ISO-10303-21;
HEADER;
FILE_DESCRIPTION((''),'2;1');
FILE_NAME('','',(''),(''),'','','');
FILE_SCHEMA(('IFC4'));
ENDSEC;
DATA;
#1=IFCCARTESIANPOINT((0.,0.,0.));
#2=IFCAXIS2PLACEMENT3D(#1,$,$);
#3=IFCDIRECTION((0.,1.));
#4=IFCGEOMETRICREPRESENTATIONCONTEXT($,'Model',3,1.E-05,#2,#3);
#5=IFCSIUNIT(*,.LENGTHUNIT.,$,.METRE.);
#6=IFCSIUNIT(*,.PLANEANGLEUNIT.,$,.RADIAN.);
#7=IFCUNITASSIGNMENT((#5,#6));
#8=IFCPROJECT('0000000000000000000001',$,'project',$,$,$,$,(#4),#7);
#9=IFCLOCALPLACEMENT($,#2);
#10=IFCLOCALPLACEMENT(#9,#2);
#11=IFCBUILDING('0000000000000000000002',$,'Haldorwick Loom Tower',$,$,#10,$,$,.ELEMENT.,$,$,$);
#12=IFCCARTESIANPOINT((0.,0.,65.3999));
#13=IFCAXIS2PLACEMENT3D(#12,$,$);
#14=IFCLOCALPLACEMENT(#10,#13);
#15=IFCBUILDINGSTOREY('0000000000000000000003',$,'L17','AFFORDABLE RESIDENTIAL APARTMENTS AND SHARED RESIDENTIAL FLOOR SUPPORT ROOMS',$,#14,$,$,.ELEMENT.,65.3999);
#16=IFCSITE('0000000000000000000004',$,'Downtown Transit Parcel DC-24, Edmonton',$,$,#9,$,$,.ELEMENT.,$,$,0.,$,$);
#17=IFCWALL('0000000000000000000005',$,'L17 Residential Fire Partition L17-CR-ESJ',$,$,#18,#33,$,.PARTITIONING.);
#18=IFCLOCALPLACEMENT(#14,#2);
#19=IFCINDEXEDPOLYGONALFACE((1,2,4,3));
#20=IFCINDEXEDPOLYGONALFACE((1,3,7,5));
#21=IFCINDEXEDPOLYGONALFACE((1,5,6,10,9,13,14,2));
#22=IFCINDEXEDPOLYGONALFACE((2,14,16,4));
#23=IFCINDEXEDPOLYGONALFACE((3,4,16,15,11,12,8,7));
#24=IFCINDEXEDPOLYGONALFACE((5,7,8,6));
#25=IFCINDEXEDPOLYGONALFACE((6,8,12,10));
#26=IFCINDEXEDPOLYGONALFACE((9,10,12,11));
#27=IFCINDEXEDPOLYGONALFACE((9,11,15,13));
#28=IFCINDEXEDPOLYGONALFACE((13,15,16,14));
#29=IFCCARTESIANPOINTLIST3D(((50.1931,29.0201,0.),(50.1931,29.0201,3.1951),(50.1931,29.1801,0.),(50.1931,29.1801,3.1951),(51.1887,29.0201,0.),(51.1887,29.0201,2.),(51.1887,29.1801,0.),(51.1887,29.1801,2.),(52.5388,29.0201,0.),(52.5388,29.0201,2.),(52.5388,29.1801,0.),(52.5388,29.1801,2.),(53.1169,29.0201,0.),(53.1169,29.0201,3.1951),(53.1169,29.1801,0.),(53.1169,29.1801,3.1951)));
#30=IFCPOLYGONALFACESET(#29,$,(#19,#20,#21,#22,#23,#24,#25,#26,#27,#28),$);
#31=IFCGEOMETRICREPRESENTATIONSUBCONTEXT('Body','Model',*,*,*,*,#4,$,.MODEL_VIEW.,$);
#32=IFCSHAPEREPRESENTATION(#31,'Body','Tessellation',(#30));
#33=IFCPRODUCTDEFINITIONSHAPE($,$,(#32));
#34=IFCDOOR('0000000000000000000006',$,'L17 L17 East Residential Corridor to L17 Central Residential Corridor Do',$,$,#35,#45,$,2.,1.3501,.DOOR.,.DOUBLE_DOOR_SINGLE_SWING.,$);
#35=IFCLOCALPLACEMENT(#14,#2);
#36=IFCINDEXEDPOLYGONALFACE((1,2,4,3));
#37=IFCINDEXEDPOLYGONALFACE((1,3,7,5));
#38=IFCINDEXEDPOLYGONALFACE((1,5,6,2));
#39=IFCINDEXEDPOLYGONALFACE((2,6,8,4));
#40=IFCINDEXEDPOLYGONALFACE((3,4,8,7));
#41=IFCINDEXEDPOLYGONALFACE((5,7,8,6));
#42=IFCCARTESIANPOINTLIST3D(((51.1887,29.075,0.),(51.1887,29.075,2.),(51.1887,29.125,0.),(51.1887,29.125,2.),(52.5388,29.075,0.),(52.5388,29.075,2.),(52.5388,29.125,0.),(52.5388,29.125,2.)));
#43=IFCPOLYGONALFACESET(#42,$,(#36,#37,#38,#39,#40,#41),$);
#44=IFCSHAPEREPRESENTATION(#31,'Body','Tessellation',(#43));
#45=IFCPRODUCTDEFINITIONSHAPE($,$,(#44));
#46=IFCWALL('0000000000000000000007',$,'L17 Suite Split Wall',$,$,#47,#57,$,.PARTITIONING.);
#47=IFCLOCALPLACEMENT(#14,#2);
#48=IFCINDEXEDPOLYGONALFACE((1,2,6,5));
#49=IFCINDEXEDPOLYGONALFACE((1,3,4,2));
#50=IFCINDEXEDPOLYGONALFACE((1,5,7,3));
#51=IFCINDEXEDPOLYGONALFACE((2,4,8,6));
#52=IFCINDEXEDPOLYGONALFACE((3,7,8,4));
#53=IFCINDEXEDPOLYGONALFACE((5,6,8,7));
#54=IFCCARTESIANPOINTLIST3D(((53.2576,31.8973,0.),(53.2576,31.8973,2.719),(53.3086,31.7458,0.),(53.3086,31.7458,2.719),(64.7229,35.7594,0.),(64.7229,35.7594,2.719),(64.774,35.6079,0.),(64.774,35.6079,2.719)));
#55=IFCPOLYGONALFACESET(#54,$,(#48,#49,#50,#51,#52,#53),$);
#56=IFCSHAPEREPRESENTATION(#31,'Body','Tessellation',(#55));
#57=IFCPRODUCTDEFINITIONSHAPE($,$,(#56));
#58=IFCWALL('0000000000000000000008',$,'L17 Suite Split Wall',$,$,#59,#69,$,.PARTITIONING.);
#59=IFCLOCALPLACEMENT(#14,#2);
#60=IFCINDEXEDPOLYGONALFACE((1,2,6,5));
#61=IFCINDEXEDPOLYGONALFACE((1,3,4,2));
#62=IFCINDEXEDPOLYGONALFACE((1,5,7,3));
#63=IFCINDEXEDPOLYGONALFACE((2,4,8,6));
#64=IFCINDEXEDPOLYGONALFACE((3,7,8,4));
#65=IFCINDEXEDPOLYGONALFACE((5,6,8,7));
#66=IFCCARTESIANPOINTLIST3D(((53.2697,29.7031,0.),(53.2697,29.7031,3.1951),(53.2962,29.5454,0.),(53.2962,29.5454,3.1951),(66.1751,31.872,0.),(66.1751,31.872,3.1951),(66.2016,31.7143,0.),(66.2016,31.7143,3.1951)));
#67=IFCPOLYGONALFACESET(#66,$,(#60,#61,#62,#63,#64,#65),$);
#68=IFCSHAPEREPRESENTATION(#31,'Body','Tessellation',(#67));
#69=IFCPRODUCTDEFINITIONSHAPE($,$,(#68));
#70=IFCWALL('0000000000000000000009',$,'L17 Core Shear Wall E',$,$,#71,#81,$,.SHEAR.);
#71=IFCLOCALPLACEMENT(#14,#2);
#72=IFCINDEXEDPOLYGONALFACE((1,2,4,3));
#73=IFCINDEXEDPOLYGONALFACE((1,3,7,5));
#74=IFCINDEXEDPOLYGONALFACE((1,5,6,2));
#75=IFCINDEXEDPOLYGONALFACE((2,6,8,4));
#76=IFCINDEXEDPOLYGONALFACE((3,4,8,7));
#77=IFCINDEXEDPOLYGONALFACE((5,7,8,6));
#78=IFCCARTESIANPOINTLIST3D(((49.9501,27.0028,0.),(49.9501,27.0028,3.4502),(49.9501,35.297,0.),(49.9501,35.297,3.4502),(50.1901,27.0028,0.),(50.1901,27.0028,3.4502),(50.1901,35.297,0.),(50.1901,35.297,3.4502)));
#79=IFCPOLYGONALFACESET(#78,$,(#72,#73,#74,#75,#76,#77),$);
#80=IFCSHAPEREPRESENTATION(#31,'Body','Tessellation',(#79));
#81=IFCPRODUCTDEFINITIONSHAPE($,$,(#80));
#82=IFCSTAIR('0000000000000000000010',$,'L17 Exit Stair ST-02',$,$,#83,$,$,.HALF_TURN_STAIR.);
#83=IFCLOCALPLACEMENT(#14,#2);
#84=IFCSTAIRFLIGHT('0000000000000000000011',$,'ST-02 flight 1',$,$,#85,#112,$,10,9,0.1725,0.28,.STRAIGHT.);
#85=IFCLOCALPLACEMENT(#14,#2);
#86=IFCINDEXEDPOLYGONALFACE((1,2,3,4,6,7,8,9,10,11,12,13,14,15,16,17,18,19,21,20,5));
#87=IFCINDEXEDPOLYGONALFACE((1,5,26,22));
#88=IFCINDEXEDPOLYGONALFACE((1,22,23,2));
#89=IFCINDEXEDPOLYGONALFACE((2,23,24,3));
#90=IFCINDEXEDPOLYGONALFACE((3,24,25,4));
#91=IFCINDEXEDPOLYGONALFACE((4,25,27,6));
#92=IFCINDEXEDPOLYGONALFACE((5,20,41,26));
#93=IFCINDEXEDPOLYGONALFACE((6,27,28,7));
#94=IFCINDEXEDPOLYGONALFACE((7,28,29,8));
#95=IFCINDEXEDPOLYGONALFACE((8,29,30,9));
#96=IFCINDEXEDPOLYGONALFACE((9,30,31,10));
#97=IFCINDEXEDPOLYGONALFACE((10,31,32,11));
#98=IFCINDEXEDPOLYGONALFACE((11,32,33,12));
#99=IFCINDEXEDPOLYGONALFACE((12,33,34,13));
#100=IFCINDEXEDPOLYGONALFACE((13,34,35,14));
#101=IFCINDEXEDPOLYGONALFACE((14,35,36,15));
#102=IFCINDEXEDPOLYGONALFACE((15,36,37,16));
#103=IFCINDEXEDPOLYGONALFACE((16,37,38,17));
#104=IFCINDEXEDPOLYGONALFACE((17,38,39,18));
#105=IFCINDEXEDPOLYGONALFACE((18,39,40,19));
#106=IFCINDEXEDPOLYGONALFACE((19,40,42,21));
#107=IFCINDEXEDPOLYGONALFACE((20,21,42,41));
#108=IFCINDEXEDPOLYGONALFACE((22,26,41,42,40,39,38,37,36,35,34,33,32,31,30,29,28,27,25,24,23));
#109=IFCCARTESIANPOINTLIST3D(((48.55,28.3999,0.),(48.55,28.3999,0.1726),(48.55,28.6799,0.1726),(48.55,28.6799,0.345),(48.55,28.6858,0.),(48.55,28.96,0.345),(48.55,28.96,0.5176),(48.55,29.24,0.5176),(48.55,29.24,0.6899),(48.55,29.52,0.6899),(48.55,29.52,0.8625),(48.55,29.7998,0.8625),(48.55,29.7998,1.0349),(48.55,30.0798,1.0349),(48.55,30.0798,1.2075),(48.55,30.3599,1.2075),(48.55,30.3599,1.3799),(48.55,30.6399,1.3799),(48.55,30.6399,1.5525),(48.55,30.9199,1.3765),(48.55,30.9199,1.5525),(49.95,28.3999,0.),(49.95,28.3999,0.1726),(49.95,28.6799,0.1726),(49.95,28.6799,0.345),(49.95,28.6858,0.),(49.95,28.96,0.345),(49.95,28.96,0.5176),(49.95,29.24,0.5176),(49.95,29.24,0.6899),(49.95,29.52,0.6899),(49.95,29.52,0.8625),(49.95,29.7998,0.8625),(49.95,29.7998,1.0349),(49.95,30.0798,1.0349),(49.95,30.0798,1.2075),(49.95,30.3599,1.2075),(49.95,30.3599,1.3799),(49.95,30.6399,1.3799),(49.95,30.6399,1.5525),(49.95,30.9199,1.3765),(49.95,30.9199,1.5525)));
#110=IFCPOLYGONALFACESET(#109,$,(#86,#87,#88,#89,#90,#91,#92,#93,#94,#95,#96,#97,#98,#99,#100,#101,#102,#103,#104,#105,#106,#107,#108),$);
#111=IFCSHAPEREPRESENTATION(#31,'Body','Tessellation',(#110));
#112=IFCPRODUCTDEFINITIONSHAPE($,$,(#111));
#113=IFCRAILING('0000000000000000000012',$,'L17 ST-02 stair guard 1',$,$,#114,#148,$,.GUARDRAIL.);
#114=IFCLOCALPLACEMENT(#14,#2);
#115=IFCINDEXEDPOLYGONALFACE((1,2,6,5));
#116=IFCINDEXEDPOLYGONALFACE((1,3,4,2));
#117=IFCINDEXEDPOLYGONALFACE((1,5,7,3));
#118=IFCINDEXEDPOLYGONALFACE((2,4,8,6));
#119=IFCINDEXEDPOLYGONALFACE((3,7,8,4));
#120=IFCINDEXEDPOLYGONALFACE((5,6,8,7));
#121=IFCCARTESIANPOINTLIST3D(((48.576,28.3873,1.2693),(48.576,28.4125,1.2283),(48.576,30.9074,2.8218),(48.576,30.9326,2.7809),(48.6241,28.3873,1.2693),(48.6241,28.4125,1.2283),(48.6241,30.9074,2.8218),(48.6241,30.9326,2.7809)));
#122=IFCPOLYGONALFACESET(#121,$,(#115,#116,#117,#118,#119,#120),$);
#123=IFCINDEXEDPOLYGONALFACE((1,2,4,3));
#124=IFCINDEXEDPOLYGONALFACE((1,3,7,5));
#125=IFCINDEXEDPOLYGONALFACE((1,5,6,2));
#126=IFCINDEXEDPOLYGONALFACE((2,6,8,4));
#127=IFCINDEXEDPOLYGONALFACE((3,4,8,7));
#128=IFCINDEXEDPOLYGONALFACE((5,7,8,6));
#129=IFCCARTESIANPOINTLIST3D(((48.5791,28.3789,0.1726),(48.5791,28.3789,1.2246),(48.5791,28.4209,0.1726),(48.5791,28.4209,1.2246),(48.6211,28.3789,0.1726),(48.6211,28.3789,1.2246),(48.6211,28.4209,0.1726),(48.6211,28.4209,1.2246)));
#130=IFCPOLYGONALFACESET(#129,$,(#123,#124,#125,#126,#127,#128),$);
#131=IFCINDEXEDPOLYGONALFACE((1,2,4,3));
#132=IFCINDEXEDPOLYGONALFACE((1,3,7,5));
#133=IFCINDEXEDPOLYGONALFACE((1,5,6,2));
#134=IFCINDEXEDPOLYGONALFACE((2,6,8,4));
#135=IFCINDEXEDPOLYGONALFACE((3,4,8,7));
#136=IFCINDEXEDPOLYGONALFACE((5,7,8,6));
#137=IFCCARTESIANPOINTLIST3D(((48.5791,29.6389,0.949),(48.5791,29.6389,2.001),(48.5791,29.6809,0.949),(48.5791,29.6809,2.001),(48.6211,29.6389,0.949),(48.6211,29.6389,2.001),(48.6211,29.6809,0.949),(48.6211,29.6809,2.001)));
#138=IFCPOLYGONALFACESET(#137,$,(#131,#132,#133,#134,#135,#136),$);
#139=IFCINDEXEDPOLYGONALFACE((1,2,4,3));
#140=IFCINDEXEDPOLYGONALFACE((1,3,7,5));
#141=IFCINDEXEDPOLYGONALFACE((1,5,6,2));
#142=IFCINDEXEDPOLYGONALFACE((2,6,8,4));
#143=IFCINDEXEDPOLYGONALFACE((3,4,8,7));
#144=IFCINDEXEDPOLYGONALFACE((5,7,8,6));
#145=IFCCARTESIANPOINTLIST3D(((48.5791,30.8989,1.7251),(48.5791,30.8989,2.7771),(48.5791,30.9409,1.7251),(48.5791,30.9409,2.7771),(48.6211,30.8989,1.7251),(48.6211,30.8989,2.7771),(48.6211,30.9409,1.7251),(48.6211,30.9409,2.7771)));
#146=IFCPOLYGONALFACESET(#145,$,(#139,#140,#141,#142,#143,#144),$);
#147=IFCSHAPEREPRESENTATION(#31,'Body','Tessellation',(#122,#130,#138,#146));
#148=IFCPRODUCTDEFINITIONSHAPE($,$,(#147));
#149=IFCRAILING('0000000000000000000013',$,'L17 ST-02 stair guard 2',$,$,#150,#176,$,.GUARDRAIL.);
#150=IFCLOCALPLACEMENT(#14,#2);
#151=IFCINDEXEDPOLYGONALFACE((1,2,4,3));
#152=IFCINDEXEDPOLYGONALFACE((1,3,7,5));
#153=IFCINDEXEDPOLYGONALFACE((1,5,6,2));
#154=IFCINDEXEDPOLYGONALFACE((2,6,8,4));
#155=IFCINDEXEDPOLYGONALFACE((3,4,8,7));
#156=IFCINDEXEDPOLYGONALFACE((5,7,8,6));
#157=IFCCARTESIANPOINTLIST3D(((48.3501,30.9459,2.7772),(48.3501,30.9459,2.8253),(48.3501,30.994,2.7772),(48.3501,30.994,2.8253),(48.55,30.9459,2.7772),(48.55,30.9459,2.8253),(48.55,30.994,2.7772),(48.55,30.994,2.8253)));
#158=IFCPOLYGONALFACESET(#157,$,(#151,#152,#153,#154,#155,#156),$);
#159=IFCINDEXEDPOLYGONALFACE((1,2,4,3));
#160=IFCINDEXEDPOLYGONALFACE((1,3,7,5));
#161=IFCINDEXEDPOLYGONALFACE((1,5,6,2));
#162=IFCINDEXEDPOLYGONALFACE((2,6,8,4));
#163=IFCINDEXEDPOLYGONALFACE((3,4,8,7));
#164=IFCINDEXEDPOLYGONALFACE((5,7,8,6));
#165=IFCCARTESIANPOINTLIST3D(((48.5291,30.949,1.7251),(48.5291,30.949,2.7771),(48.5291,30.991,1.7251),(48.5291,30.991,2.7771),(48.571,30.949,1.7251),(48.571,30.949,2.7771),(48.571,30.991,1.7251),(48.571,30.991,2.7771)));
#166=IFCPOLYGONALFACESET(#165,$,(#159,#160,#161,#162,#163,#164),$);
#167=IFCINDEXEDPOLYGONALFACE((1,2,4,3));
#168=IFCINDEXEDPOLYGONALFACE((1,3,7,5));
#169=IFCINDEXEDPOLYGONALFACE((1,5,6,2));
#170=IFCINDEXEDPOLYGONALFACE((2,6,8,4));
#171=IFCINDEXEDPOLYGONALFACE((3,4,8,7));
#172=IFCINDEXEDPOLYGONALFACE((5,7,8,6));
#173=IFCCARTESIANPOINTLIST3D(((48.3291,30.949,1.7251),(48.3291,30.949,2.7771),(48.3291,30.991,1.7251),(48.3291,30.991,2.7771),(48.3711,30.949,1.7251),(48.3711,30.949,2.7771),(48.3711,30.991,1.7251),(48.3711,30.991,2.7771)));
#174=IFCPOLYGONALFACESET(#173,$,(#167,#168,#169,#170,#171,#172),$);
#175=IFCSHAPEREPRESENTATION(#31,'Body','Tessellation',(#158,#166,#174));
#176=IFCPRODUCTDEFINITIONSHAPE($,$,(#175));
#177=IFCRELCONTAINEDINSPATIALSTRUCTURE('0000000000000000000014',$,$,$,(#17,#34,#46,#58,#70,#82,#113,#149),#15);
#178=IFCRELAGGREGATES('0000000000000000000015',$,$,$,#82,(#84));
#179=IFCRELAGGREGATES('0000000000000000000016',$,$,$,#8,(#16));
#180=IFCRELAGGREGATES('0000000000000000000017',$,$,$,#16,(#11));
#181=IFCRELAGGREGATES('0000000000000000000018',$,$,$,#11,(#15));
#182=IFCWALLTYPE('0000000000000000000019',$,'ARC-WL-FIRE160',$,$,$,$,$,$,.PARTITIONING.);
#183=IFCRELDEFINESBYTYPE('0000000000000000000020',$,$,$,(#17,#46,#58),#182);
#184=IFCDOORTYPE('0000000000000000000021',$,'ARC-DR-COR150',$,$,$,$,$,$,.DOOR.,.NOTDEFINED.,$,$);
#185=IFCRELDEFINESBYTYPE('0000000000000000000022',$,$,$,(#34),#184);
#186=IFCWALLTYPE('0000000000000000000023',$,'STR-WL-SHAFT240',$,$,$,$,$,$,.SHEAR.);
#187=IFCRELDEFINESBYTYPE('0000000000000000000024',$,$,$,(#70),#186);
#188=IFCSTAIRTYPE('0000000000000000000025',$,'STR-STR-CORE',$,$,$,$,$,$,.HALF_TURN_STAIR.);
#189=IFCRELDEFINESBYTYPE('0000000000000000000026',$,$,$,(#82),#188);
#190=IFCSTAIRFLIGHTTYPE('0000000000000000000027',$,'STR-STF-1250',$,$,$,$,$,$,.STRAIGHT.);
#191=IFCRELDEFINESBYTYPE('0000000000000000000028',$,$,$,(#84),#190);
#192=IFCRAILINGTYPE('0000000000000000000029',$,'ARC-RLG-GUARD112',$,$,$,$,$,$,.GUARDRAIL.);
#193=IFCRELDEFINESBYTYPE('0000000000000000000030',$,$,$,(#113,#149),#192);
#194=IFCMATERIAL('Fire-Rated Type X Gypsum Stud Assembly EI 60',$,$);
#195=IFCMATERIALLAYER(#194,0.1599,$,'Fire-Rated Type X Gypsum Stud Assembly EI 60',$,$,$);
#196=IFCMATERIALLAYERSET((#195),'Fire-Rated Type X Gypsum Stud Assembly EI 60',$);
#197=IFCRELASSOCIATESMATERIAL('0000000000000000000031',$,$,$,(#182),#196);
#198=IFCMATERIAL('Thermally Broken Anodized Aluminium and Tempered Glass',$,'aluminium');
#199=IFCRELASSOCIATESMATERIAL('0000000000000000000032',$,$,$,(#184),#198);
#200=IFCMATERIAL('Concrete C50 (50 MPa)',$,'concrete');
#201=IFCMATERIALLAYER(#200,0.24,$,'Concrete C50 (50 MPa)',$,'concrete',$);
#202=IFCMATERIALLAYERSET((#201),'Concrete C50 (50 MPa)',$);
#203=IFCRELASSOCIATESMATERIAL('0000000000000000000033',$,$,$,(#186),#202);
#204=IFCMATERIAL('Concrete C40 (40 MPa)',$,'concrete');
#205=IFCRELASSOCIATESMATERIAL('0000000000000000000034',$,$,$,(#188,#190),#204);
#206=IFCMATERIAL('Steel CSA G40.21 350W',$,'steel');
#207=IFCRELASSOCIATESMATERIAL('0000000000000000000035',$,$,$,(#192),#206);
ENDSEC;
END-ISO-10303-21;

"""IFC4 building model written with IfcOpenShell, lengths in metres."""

from ifc_helpers import new_model, si_unit, direction, frame, frame_2d, origin, origin_2d, place, context, subcontext, project, spatial, polyline, rectangle, outline, extrude, material, layer, layer_set, type_object, element, fill, aggregate, save


model = new_model("IFC4")

# Units and contexts
model_context = context("Model", 3, precision=1e-05, world=origin(), true_north=direction((0.0, 1.0)))
body_context = subcontext(model_context, "Body", "Model", "MODEL_VIEW")
ifc_project = project(units=[si_unit("LENGTHUNIT", "METRE"), si_unit("PLANEANGLEUNIT", "RADIAN")], contexts=[model_context])

# Site, building, storey
site_placement = place(None, origin())
site = spatial("IfcSite", under=ifc_project, at=site_placement, Name="Downtown Transit Parcel DC-24, Edmonton", CompositionType="ELEMENT", RefElevation=0.0)
building_placement = place(site_placement, origin())
building = spatial("IfcBuilding", under=site, at=building_placement, Name="Haldorwick Loom Tower", CompositionType="ELEMENT")
storey_placement = place(building_placement, frame((0.0, 0.0, 65.3999)))
storey = spatial("IfcBuildingStorey", under=building, at=storey_placement, Name="L17", Description="AFFORDABLE RESIDENTIAL APARTMENTS AND SHARED RESIDENTIAL FLOOR SUPPORT ROOMS", CompositionType="ELEMENT", Elevation=65.3999)

# Shared definitions
ifc_material_1 = material(Name="Steel CSA G40.21 350W", Category="steel")

# Wall, opening, door
ifc_material_2 = material(Name="Fire-Rated Type X Gypsum Stud Assembly EI 60")
ifc_layer_1 = layer(ifc_material_2, 0.1599, Name="Fire-Rated Type X Gypsum Stud Assembly EI 60")
ifc_layer_set_1 = layer_set([ifc_layer_1], Name="Fire-Rated Type X Gypsum Stud Assembly EI 60")
wall_type_1 = type_object("IfcWallType", Name="ARC-WL-FIRE160", PredefinedType="PARTITIONING", material=ifc_layer_set_1)
wall_1_placement = place(storey_placement, frame((50.1931, 29.1001, 0.0), z_axis=(0.0, 0.0, 1.0), x_axis=(1.0, 0.0, 0.0)))
wall_1 = element("IfcWall", 1, at=wall_1_placement, inside=storey, type_object=wall_type_1, Name="L17 Residential Fire Partition L17-CR-ESJ", PredefinedType="PARTITIONING", context=body_context, shape_type="SweptSolid", body=[
    extrude(rectangle(XDim=2.9238, YDim=0.1599, at=frame_2d((1.4619, 0.0))), origin(), (0.0, 0.0, 1.0), 3.1951),
])
opening_1_placement = place(wall_1_placement, frame((0.9956, 0.0, 0.0)))
opening_1 = element("IfcOpeningElement", 2, at=opening_1_placement, cuts=wall_1, PredefinedType="OPENING", context=body_context, shape_type="SweptSolid", body=[
    extrude(rectangle(XDim=1.3501, YDim=2.0, at=frame_2d((0.675, 1.0))), frame((0.0, 0.0898, 0.0), z_axis=(0.0, -1.0, 0.0), x_axis=(1.0, 0.0, 0.0)), (0.0, 0.0, 1.0), 0.1799),
])
ifc_material_3 = material(Name="Thermally Broken Anodized Aluminium and Tempered Glass", Category="aluminium")
door_type_1 = type_object("IfcDoorType", Name="ARC-DR-COR150", OperationType="NOTDEFINED", PredefinedType="DOOR", material=ifc_material_3)
door_1_placement = place(opening_1_placement, origin())
door_1 = element("IfcDoor", 3, at=door_1_placement, inside=storey, type_object=door_type_1, Name="L17 L17 East Residential Corridor to L17 Central Residential Corridor Do", OperationType="DOUBLE_DOOR_SINGLE_SWING", OverallHeight=2.0, OverallWidth=1.3501, PredefinedType="DOOR", context=body_context, shape_type="SweptSolid", body=[
    extrude(rectangle(XDim=1.3501, YDim=2.0, at=frame_2d((0.675, 1.0))), frame((0.0, 0.0249, 0.0), z_axis=(0.0, -1.0, 0.0), x_axis=(1.0, 0.0, 0.0)), (0.0, 0.0, 1.0), 0.05),
])
fill(opening_1, door_1)

# Walls
wall_2_placement = place(storey_placement, frame((53.283, 31.8215, 0.0), z_axis=(0.0, 0.0, 1.0), x_axis=(0.94768, 0.319223, 0.0)))
element("IfcWall", 4, at=wall_2_placement, inside=storey, type_object=wall_type_1, Name="L17 Suite Split Wall", PredefinedType="PARTITIONING", context=body_context, shape_type="SweptSolid", body=[
    extrude(rectangle(XDim=12.0984, YDim=0.1599, at=frame_2d((6.0493, 0.0))), origin(), (0.0, 0.0, 1.0), 2.719),
])
wall_3_placement = place(storey_placement, frame((53.283, 29.6243, 0.0), z_axis=(0.0, 0.0, 1.0), x_axis=(0.98617, 0.165739, 0.0)))
element("IfcWall", 5, at=wall_3_placement, inside=storey, type_object=wall_type_1, Name="L17 Suite Split Wall", PredefinedType="PARTITIONING", context=body_context, shape_type="SweptSolid", body=[
    extrude(rectangle(XDim=13.0864, YDim=0.1599, at=frame_2d((6.5432, 0.0))), origin(), (0.0, 0.0, 1.0), 3.1951),
])
ifc_material_4 = material(Name="Concrete C50 (50 MPa)", Category="concrete")
ifc_layer_2 = layer(ifc_material_4, 0.24, Name="Concrete C50 (50 MPa)", Category="concrete")
ifc_layer_set_2 = layer_set([ifc_layer_2], Name="Concrete C50 (50 MPa)")
wall_type_2 = type_object("IfcWallType", Name="STR-WL-SHAFT240", PredefinedType="SHEAR", material=ifc_layer_set_2)
wall_4_placement = place(storey_placement, frame((50.0701, 27.0029, 0.0), z_axis=(0.0, 0.0, 1.0), x_axis=(0.0, 1.0, 0.0)))
element("IfcWall", 6, at=wall_4_placement, inside=storey, type_object=wall_type_2, Name="L17 Core Shear Wall E", PredefinedType="SHEAR", context=body_context, shape_type="SweptSolid", body=[
    extrude(rectangle(XDim=8.2942, YDim=0.24, at=frame_2d((4.147, 0.0))), origin(), (0.0, 0.0, 1.0), 3.4502),
])

# Stair, stair flight
ifc_material_5 = material(Name="Concrete C40 (40 MPa)", Category="concrete")
stair_type = type_object("IfcStairType", Name="STR-STR-CORE", PredefinedType="HALF_TURN_STAIR", material=ifc_material_5)
stair_placement = place(storey_placement, origin())
stair = element("IfcStair", 7, at=stair_placement, inside=storey, type_object=stair_type, Name="L17 Exit Stair ST-02", PredefinedType="HALF_TURN_STAIR")
stair_flight_type = type_object("IfcStairFlightType", Name="STR-STF-1250", PredefinedType="STRAIGHT", material=ifc_material_5)
stair_flight_placement = place(storey_placement, frame((49.25, 28.3999, 0.0), z_axis=(0.0, 0.0, 1.0), x_axis=(0.0, 1.0, 0.0)))
stair_flight = element("IfcStairFlight", 8, at=stair_flight_placement, type_object=stair_flight_type, Name="ST-02 flight 1", NumberOfRisers=10, NumberOfTreads=9, PredefinedType="STRAIGHT", RiserHeight=0.1725, TreadLength=0.28, context=body_context, shape_type="SweptSolid", body=[
    extrude(outline(polyline([(0.0, 0.0), (0.0, 0.1726), (0.28, 0.1726), (0.28, 0.345), (0.5601, 0.345), (0.5601, 0.5176), (0.8401, 0.5176), (0.8401, 0.6899), (1.1201, 0.6899), (1.1201, 0.8625), (1.3999, 0.8625), (1.3999, 1.0349), (1.6799, 1.0349), (1.6799, 1.2075), (1.96, 1.2075), (1.96, 1.3799), (2.24, 1.3799), (2.24, 1.5525), (2.52, 1.5525), (2.52, 1.7251), (2.52, 1.3765), (0.2859, 0.0), (0.0, 0.0)])), frame((0.0, 0.7, 0.0), z_axis=(0.0, -1.0, 0.0), x_axis=(1.0, 0.0, 0.0)), (0.0, 0.0, 1.0), 1.3999),
])
aggregate(stair, [stair_flight])

# Railings
railing_type_1 = type_object("IfcRailingType", Name="ARC-RLG-GUARD112", PredefinedType="GUARDRAIL", material=ifc_material_1)
railing_1_placement = place(storey_placement, frame((48.6001, 28.3999, 0.1726)))
element("IfcRailing", 9, at=railing_1_placement, inside=storey, type_object=railing_type_1, Name="L17 ST-02 stair guard 1", PredefinedType="GUARDRAIL", context=body_context, shape_type="SweptSolid", body=[
    extrude(rectangle(XDim=0.0481, YDim=0.0481, at=origin_2d()), frame((0.0, 0.0, 1.0762), z_axis=(0.0, 0.8514, 0.524516), x_axis=(-1.0, 0.0, 0.0)), (0.0, 0.0, 1.0), 2.96),
    extrude(rectangle(XDim=0.042, YDim=0.042, at=origin_2d()), origin(), (0.0, 0.0, 1.0), 1.052),
    extrude(rectangle(XDim=0.042, YDim=0.042, at=origin_2d()), frame((0.0, 1.26, 0.7764)), (0.0, 0.0, 1.0), 1.052),
    extrude(rectangle(XDim=0.042, YDim=0.042, at=origin_2d()), frame((0.0, 2.52, 1.5525)), (0.0, 0.0, 1.0), 1.052),
])
railing_2_placement = place(storey_placement, frame((48.55, 30.97, 1.7251)))
element("IfcRailing", 10, at=railing_2_placement, inside=storey, type_object=railing_type_1, Name="L17 ST-02 stair guard 2", PredefinedType="GUARDRAIL", context=body_context, shape_type="SweptSolid", body=[
    extrude(rectangle(XDim=0.0481, YDim=0.0481, at=origin_2d()), frame((0.0, 0.0, 1.0762), z_axis=(-1.0, 0.0, 0.0), x_axis=(0.0, -1.0, 0.0)), (0.0, 0.0, 1.0), 0.2),
    extrude(rectangle(XDim=0.042, YDim=0.042, at=origin_2d()), origin(), (0.0, 0.0, 1.0), 1.052),
    extrude(rectangle(XDim=0.042, YDim=0.042, at=origin_2d()), frame((-0.2, 0.0, 0.0)), (0.0, 0.0, 1.0), 1.052),
])

save(model, "model.ifc")
